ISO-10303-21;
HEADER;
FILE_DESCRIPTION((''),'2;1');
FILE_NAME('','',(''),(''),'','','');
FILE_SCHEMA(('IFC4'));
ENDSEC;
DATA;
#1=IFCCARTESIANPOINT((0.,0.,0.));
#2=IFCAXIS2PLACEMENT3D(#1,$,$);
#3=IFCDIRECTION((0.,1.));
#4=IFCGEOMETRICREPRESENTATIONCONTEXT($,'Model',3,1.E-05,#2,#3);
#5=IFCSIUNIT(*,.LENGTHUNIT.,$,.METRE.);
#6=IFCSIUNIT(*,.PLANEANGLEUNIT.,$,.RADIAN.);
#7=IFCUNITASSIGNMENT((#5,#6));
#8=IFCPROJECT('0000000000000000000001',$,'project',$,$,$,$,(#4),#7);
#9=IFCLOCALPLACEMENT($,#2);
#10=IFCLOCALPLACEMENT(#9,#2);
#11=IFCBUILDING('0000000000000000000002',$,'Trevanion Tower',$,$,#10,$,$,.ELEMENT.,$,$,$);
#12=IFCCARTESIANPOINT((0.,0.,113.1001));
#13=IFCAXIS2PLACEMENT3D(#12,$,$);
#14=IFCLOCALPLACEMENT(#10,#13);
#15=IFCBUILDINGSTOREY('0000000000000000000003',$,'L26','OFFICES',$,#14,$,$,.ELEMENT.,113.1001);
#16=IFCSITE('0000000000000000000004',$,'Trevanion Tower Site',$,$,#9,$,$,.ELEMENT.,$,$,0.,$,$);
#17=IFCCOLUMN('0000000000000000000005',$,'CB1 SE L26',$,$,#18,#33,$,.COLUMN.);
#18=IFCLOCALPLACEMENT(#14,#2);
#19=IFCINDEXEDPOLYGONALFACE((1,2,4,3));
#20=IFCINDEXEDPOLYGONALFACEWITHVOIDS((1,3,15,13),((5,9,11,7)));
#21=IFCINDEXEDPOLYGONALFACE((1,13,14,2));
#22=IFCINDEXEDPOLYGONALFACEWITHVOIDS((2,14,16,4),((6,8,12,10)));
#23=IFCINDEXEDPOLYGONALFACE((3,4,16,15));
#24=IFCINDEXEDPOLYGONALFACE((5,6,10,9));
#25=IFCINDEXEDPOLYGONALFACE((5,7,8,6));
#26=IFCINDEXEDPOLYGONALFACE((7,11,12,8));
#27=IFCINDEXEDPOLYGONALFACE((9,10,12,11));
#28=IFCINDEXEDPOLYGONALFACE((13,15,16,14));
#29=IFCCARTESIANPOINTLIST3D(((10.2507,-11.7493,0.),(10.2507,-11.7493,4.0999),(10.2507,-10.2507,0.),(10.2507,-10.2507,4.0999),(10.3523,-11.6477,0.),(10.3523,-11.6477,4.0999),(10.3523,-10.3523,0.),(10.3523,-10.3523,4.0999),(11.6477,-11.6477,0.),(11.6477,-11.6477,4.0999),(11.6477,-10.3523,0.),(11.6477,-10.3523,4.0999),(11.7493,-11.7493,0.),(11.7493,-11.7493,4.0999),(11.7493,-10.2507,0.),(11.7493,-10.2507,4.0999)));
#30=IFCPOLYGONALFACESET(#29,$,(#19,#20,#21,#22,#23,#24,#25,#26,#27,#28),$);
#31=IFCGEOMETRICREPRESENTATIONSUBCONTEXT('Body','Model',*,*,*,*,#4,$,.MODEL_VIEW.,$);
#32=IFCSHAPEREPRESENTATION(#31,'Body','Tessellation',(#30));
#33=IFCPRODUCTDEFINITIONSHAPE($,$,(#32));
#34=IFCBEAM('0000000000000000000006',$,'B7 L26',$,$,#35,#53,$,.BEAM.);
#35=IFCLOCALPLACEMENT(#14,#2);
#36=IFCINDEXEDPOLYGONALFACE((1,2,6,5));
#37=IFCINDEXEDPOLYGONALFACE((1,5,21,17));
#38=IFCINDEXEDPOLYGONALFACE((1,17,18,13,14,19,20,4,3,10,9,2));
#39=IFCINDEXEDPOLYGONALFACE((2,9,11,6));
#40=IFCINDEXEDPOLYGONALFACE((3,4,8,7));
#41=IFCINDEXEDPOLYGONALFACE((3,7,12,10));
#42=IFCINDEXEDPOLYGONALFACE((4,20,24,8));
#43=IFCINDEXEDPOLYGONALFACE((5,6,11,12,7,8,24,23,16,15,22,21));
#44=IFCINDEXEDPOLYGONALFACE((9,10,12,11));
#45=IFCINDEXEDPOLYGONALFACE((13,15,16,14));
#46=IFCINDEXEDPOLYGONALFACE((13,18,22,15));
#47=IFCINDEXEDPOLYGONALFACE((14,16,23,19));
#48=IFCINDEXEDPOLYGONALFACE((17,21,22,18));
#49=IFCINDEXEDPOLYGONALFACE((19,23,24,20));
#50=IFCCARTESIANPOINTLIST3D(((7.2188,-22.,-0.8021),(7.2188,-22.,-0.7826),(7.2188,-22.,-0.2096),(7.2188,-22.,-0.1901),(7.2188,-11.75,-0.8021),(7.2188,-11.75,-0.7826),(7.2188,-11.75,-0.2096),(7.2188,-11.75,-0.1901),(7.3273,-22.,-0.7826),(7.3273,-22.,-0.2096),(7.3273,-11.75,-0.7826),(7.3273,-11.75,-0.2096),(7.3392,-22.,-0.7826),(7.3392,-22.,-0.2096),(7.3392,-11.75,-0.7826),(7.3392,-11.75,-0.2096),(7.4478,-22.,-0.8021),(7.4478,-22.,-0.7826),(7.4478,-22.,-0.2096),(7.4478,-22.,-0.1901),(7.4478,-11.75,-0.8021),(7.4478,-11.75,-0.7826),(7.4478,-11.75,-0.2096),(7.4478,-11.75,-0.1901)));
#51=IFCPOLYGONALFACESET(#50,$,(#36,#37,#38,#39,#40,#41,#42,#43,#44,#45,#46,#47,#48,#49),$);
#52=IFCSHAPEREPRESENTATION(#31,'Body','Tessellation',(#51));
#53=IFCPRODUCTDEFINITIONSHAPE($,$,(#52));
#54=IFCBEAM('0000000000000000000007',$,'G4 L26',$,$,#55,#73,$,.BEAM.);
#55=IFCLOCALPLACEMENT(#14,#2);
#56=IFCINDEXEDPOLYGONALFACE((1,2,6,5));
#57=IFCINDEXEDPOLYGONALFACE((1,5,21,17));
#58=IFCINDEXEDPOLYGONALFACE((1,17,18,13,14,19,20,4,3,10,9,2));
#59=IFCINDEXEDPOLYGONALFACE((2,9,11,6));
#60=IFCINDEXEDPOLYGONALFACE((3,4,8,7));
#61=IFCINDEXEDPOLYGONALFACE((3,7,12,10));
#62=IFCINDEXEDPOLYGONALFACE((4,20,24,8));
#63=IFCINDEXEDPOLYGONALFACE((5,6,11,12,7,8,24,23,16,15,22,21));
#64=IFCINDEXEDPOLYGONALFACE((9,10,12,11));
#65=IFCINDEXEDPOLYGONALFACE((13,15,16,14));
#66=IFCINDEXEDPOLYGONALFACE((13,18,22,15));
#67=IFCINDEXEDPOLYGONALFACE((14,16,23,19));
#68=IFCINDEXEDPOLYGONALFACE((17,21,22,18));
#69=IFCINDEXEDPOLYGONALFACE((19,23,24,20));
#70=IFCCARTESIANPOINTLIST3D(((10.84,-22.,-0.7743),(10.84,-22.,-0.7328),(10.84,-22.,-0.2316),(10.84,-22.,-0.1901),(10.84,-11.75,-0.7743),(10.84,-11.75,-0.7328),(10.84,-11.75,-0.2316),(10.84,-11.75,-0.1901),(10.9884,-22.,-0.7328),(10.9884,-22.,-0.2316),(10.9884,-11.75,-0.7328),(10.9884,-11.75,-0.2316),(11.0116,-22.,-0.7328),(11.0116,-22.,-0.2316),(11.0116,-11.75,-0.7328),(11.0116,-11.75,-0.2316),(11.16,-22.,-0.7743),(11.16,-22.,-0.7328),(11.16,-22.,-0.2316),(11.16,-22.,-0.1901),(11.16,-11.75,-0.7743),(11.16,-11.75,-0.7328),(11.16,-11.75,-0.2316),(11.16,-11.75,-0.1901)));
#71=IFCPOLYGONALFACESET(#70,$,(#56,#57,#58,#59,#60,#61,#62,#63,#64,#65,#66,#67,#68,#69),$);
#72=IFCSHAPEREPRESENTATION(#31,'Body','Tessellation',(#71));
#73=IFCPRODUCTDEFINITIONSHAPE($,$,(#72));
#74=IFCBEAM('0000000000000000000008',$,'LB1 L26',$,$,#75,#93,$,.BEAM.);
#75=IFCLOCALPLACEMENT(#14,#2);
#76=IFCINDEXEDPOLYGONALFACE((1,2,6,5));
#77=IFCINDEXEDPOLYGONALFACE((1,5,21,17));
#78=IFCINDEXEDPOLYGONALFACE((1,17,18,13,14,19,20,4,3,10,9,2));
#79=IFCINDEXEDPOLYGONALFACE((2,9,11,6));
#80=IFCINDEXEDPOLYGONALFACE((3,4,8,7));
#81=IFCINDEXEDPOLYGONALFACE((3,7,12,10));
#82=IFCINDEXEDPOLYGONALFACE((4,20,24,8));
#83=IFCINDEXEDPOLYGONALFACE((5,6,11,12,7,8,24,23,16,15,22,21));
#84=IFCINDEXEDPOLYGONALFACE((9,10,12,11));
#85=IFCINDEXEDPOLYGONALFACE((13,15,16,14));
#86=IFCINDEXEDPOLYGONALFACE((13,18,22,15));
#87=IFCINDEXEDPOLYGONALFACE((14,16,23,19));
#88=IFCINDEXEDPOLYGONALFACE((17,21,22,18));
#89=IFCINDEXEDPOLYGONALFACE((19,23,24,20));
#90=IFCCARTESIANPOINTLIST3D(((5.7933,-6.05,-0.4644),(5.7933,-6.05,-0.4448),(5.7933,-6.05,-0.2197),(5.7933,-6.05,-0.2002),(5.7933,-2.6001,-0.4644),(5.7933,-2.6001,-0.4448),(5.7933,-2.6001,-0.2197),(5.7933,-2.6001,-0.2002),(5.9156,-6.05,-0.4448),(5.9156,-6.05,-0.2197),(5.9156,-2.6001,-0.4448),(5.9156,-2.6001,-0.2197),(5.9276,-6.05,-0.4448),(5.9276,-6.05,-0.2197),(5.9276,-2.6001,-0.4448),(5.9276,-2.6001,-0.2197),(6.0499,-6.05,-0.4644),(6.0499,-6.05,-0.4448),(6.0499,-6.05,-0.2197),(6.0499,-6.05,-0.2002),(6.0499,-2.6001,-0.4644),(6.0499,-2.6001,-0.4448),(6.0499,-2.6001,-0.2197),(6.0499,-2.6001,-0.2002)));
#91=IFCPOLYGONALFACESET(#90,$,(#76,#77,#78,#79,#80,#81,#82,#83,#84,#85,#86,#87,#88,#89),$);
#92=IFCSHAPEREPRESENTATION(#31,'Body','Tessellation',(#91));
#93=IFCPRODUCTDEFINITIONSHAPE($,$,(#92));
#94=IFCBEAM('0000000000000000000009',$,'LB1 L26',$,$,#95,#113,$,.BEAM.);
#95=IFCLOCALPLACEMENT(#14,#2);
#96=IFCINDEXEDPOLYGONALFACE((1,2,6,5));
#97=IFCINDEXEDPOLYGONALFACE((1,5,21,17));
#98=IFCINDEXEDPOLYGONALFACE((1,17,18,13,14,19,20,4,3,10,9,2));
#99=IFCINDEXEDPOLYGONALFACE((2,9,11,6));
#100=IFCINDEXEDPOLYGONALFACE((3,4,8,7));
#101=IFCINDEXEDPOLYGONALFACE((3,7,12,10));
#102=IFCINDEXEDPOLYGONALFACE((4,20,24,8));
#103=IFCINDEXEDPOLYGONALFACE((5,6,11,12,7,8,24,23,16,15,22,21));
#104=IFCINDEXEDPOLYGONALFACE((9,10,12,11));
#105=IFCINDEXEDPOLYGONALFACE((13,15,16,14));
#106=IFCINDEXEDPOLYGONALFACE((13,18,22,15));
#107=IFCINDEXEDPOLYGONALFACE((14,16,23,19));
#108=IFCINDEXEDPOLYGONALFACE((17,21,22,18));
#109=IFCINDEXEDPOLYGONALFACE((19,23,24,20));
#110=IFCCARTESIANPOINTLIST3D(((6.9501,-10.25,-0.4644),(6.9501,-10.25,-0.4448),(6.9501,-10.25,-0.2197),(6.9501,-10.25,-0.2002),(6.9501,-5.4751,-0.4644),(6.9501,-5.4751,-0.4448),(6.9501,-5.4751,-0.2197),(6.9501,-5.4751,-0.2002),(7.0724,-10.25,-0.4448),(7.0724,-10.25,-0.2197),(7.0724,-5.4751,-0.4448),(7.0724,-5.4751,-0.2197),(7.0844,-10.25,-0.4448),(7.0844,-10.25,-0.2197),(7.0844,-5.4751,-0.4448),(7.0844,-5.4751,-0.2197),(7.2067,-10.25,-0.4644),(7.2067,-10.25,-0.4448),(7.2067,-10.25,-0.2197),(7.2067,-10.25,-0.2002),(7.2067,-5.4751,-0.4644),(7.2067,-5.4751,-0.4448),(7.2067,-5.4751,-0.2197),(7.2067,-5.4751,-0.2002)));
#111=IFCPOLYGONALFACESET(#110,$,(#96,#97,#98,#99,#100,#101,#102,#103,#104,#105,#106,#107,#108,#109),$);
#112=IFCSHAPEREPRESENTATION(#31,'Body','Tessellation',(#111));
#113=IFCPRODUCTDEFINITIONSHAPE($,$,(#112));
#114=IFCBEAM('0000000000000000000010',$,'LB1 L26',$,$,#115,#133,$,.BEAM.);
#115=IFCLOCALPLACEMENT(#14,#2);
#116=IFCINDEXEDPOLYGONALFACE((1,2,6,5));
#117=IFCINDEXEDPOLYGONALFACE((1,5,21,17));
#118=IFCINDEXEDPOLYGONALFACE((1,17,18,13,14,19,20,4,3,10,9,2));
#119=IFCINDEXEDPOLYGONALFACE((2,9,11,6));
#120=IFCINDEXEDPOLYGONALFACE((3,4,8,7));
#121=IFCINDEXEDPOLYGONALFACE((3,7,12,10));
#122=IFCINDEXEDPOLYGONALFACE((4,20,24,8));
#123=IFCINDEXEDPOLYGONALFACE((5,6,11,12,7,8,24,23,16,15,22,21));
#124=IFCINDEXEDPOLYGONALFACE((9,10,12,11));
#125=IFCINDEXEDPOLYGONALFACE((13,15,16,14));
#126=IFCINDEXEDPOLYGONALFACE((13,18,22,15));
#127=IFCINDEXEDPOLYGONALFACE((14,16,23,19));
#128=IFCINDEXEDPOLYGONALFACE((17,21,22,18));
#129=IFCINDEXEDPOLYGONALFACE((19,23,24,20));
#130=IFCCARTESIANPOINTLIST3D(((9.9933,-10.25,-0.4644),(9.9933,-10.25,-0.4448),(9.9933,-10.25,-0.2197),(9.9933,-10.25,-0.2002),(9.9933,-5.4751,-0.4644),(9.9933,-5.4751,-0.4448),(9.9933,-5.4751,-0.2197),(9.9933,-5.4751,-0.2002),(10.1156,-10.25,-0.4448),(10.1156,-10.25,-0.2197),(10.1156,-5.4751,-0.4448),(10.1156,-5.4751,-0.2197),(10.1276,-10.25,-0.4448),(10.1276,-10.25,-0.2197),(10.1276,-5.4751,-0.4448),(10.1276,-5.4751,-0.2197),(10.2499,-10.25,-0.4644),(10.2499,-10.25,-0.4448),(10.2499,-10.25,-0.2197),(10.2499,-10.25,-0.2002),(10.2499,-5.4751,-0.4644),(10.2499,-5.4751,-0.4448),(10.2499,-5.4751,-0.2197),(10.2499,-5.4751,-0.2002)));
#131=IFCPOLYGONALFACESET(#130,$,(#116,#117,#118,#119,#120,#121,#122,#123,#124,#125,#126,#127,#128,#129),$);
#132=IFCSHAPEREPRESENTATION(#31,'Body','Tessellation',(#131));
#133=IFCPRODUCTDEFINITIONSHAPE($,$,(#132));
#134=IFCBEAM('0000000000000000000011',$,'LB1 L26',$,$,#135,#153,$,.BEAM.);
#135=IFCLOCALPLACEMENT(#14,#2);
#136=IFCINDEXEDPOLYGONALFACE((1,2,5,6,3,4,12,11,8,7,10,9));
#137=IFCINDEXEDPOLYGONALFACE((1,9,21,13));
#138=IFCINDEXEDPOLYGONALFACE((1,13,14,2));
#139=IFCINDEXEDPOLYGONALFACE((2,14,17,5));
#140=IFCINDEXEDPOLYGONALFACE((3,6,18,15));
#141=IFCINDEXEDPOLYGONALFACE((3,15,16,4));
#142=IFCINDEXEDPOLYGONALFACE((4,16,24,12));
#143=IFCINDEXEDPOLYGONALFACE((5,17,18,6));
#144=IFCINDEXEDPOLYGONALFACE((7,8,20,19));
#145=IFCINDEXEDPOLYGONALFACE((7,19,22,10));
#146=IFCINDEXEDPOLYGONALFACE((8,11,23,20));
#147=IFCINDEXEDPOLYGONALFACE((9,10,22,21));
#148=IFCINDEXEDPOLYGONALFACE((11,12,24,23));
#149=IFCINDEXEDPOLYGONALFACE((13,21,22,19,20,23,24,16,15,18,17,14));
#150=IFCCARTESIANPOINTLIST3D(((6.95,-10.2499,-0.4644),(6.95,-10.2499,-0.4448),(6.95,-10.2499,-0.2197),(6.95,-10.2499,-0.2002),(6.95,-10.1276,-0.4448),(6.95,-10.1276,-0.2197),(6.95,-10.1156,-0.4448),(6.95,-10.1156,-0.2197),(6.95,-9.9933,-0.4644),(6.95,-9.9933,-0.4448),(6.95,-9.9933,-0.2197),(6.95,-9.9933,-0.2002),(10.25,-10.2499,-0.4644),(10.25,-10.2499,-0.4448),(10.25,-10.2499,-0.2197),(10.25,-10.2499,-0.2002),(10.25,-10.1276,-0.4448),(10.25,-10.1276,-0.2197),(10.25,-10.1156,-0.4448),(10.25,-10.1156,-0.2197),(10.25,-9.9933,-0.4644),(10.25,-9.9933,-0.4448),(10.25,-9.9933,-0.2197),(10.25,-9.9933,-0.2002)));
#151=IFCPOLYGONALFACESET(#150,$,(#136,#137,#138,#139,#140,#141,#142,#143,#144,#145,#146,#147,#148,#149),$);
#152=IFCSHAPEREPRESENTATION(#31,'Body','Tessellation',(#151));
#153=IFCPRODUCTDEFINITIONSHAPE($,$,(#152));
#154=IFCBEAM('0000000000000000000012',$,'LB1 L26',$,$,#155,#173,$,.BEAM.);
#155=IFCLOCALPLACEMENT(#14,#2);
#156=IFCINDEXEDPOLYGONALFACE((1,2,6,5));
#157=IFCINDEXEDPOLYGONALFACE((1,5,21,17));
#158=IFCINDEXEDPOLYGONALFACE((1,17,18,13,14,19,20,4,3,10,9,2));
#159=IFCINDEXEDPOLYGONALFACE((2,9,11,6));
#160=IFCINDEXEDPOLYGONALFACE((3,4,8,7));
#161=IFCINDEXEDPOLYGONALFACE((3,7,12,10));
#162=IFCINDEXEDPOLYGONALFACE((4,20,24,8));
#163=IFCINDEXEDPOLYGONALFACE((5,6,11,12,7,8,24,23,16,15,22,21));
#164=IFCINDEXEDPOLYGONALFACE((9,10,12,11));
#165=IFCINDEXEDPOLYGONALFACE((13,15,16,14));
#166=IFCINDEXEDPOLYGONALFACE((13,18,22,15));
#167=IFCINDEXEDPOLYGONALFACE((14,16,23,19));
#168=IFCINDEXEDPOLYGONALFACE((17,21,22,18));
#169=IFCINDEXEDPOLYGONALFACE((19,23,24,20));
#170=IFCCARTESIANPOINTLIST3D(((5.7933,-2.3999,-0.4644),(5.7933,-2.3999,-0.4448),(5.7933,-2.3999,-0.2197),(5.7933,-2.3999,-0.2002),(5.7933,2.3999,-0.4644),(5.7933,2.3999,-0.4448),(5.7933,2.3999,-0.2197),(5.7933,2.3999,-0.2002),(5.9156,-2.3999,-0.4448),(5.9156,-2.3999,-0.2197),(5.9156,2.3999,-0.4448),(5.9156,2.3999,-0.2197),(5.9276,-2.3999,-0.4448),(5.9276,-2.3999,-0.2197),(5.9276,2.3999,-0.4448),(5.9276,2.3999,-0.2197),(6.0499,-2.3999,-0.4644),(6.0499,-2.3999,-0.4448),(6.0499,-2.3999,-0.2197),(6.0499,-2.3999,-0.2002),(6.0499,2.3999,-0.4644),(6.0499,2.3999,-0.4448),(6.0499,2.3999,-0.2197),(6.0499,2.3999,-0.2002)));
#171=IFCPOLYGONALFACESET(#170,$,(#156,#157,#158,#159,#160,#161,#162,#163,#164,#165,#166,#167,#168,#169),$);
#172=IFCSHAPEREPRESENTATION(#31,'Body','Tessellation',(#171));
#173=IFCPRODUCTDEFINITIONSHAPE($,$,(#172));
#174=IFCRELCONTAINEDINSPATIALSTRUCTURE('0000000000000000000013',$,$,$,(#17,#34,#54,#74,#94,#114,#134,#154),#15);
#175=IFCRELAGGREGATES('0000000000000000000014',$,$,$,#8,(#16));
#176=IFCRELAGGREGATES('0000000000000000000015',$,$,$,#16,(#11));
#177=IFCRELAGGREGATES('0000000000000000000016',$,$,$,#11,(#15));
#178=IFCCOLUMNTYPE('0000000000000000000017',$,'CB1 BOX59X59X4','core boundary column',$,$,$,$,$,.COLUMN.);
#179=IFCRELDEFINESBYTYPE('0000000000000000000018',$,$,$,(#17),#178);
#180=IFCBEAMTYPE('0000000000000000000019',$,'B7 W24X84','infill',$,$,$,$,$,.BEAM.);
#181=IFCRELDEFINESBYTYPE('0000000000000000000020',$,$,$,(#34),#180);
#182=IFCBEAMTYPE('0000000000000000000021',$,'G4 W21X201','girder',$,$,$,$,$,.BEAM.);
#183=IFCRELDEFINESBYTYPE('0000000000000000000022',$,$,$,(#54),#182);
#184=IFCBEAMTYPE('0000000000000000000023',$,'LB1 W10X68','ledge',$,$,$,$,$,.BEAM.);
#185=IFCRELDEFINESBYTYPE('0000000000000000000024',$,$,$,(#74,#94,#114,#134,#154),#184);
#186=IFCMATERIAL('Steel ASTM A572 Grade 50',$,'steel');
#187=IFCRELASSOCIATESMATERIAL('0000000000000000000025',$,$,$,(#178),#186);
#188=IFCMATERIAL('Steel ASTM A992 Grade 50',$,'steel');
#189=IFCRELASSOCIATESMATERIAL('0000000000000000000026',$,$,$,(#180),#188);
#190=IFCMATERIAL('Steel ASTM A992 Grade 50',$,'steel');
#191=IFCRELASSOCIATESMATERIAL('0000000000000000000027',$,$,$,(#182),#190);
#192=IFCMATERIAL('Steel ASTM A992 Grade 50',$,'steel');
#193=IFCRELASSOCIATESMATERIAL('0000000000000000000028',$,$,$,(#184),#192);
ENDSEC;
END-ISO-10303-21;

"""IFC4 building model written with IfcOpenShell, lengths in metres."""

from ifc_helpers import new_model, si_unit, direction, frame, origin, origin_2d, place, context, subcontext, project, spatial, hollow_rectangle, i_section, extrude, material, material_profile, profile_set, type_object, element, save


model = new_model("IFC4")

# Units and contexts
model_context = context("Model", 3, precision=1e-05, world=origin(), true_north=direction((0.0, 1.0)))
body_context = subcontext(model_context, "Body", "Model", "MODEL_VIEW")
ifc_project = project(units=[si_unit("LENGTHUNIT", "METRE"), si_unit("PLANEANGLEUNIT", "RADIAN")], contexts=[model_context])

# Site, building, storey
site_placement = place(None, origin())
site = spatial("IfcSite", under=ifc_project, at=site_placement, Name="Trevanion Tower Site", CompositionType="ELEMENT", RefElevation=0.0)
building_placement = place(site_placement, origin())
building = spatial("IfcBuilding", under=site, at=building_placement, Name="Trevanion Tower", CompositionType="ELEMENT")
storey_placement = place(building_placement, frame((0.0, 0.0, 113.1001)))
storey = spatial("IfcBuildingStorey", under=building, at=storey_placement, Name="L26", Description="OFFICES", CompositionType="ELEMENT", Elevation=113.1001)

# Column
ifc_material_1 = material(Name="Steel ASTM A572 Grade 50", Category="steel")
ifc_material_profile_1 = material_profile(ifc_material_1, hollow_rectangle(XDim=1.4985, YDim=1.4985, WallThickness=0.1016, at=origin_2d()), Name="BOX59X59X4")
ifc_profile_set_1 = profile_set([ifc_material_profile_1], Name="Steel ASTM A572 Grade 50")
column_type = type_object("IfcColumnType", Name="CB1 BOX59X59X4", Description="core boundary column", PredefinedType="COLUMN", material=ifc_profile_set_1)
column_placement = place(storey_placement, frame((11.0, -11.0, 0.0), z_axis=(0.0, 0.0, 1.0), x_axis=(1.0, 0.0, 0.0)))
element("IfcColumn", 1, at=column_placement, inside=storey, type_object=column_type, Name="CB1 SE L26", PredefinedType="COLUMN", context=body_context, shape_type="SweptSolid", body=[
    extrude(hollow_rectangle(XDim=1.4985, YDim=1.4985, WallThickness=0.1016, at=origin_2d()), origin(), (0.0, 0.0, 1.0), 4.0999),
])

# Beams
ifc_material_2 = material(Name="Steel ASTM A992 Grade 50", Category="steel")
ifc_material_profile_2 = material_profile(ifc_material_2, i_section(OverallWidth=0.229, OverallDepth=0.6121, WebThickness=0.012, FlangeThickness=0.0195, at=origin_2d()), Name="W24X84")
ifc_profile_set_2 = profile_set([ifc_material_profile_2], Name="Steel ASTM A992 Grade 50")
beam_type_1 = type_object("IfcBeamType", Name="B7 W24X84", Description="infill", PredefinedType="BEAM", material=ifc_profile_set_2)
beam_1_placement = place(storey_placement, frame((7.3333, -11.75, -0.4961), z_axis=(0.0, -1.0, 0.0), x_axis=(1.0, 0.0, 0.0)))
element("IfcBeam", 2, at=beam_1_placement, inside=storey, type_object=beam_type_1, Name="B7 L26", PredefinedType="BEAM", context=body_context, shape_type="SweptSolid", body=[
    extrude(i_section(OverallWidth=0.229, OverallDepth=0.6121, WebThickness=0.012, FlangeThickness=0.0195, at=origin_2d()), origin(), (0.0, 0.0, 1.0), 10.25),
])
ifc_material_3 = material(Name="Steel ASTM A992 Grade 50", Category="steel")
ifc_material_profile_3 = material_profile(ifc_material_3, i_section(OverallWidth=0.3201, OverallDepth=0.5842, WebThickness=0.0232, FlangeThickness=0.0415, at=origin_2d()), Name="W21X201")
ifc_profile_set_3 = profile_set([ifc_material_profile_3], Name="Steel ASTM A992 Grade 50")
beam_type_2 = type_object("IfcBeamType", Name="G4 W21X201", Description="girder", PredefinedType="BEAM", material=ifc_profile_set_3)
beam_2_placement = place(storey_placement, frame((11.0, -11.75, -0.4822), z_axis=(0.0, -1.0, 0.0), x_axis=(1.0, 0.0, 0.0)))
element("IfcBeam", 3, at=beam_2_placement, inside=storey, type_object=beam_type_2, Name="G4 L26", PredefinedType="BEAM", context=body_context, shape_type="SweptSolid", body=[
    extrude(i_section(OverallWidth=0.3201, OverallDepth=0.5842, WebThickness=0.0232, FlangeThickness=0.0415, at=origin_2d()), origin(), (0.0, 0.0, 1.0), 10.25),
])
ifc_material_4 = material(Name="Steel ASTM A992 Grade 50", Category="steel")
ifc_material_profile_4 = material_profile(ifc_material_4, i_section(OverallWidth=0.2566, OverallDepth=0.2642, WebThickness=0.012, FlangeThickness=0.0195, at=origin_2d()), Name="W10X68")
ifc_profile_set_4 = profile_set([ifc_material_profile_4], Name="Steel ASTM A992 Grade 50")
beam_type_3 = type_object("IfcBeamType", Name="LB1 W10X68", Description="ledge", PredefinedType="BEAM", material=ifc_profile_set_4)
beam_3_placement = place(storey_placement, frame((5.9216, -6.05, -0.3323), z_axis=(0.0, 1.0, 0.0), x_axis=(-1.0, 0.0, 0.0)))
element("IfcBeam", 4, at=beam_3_placement, inside=storey, type_object=beam_type_3, Name="LB1 L26", PredefinedType="BEAM", context=body_context, shape_type="SweptSolid", body=[
    extrude(i_section(OverallWidth=0.2566, OverallDepth=0.2642, WebThickness=0.012, FlangeThickness=0.0195, at=origin_2d()), origin(), (0.0, 0.0, 1.0), 3.45),
])
for number, where, z_axis, x_axis, name in (
    (5, (7.0784, -10.25, -0.3323), (0.0, 1.0, 0.0), (-1.0, 0.0, 0.0), "LB1 L26"),
    (6, (10.1216, -10.25, -0.3323), (0.0, 1.0, 0.0), (-1.0, 0.0, 0.0), "LB1 L26"),
):
    element("IfcBeam", number, at=place(storey_placement, frame(where, z_axis=z_axis, x_axis=x_axis)), inside=storey, type_object=beam_type_3, Name=name, PredefinedType="BEAM", context=body_context, shape_type="SweptSolid", body=[
        extrude(i_section(OverallWidth=0.2566, OverallDepth=0.2642, WebThickness=0.012, FlangeThickness=0.0195, at=origin_2d()), origin(), (0.0, 0.0, 1.0), 4.7749),
    ])
beam_4_placement = place(storey_placement, frame((6.95, -10.1216, -0.3323), z_axis=(1.0, 0.0, 0.0), x_axis=(0.0, 1.0, 0.0)))
element("IfcBeam", 7, at=beam_4_placement, inside=storey, type_object=beam_type_3, Name="LB1 L26", PredefinedType="BEAM", context=body_context, shape_type="SweptSolid", body=[
    extrude(i_section(OverallWidth=0.2566, OverallDepth=0.2642, WebThickness=0.012, FlangeThickness=0.0195, at=origin_2d()), origin(), (0.0, 0.0, 1.0), 3.3),
])
beam_5_placement = place(storey_placement, frame((5.9216, -2.3999, -0.3323), z_axis=(0.0, 1.0, 0.0), x_axis=(-1.0, 0.0, 0.0)))
element("IfcBeam", 8, at=beam_5_placement, inside=storey, type_object=beam_type_3, Name="LB1 L26", PredefinedType="BEAM", context=body_context, shape_type="SweptSolid", body=[
    extrude(i_section(OverallWidth=0.2566, OverallDepth=0.2642, WebThickness=0.012, FlangeThickness=0.0195, at=origin_2d()), origin(), (0.0, 0.0, 1.0), 4.7998),
])

save(model, "model.ifc")
